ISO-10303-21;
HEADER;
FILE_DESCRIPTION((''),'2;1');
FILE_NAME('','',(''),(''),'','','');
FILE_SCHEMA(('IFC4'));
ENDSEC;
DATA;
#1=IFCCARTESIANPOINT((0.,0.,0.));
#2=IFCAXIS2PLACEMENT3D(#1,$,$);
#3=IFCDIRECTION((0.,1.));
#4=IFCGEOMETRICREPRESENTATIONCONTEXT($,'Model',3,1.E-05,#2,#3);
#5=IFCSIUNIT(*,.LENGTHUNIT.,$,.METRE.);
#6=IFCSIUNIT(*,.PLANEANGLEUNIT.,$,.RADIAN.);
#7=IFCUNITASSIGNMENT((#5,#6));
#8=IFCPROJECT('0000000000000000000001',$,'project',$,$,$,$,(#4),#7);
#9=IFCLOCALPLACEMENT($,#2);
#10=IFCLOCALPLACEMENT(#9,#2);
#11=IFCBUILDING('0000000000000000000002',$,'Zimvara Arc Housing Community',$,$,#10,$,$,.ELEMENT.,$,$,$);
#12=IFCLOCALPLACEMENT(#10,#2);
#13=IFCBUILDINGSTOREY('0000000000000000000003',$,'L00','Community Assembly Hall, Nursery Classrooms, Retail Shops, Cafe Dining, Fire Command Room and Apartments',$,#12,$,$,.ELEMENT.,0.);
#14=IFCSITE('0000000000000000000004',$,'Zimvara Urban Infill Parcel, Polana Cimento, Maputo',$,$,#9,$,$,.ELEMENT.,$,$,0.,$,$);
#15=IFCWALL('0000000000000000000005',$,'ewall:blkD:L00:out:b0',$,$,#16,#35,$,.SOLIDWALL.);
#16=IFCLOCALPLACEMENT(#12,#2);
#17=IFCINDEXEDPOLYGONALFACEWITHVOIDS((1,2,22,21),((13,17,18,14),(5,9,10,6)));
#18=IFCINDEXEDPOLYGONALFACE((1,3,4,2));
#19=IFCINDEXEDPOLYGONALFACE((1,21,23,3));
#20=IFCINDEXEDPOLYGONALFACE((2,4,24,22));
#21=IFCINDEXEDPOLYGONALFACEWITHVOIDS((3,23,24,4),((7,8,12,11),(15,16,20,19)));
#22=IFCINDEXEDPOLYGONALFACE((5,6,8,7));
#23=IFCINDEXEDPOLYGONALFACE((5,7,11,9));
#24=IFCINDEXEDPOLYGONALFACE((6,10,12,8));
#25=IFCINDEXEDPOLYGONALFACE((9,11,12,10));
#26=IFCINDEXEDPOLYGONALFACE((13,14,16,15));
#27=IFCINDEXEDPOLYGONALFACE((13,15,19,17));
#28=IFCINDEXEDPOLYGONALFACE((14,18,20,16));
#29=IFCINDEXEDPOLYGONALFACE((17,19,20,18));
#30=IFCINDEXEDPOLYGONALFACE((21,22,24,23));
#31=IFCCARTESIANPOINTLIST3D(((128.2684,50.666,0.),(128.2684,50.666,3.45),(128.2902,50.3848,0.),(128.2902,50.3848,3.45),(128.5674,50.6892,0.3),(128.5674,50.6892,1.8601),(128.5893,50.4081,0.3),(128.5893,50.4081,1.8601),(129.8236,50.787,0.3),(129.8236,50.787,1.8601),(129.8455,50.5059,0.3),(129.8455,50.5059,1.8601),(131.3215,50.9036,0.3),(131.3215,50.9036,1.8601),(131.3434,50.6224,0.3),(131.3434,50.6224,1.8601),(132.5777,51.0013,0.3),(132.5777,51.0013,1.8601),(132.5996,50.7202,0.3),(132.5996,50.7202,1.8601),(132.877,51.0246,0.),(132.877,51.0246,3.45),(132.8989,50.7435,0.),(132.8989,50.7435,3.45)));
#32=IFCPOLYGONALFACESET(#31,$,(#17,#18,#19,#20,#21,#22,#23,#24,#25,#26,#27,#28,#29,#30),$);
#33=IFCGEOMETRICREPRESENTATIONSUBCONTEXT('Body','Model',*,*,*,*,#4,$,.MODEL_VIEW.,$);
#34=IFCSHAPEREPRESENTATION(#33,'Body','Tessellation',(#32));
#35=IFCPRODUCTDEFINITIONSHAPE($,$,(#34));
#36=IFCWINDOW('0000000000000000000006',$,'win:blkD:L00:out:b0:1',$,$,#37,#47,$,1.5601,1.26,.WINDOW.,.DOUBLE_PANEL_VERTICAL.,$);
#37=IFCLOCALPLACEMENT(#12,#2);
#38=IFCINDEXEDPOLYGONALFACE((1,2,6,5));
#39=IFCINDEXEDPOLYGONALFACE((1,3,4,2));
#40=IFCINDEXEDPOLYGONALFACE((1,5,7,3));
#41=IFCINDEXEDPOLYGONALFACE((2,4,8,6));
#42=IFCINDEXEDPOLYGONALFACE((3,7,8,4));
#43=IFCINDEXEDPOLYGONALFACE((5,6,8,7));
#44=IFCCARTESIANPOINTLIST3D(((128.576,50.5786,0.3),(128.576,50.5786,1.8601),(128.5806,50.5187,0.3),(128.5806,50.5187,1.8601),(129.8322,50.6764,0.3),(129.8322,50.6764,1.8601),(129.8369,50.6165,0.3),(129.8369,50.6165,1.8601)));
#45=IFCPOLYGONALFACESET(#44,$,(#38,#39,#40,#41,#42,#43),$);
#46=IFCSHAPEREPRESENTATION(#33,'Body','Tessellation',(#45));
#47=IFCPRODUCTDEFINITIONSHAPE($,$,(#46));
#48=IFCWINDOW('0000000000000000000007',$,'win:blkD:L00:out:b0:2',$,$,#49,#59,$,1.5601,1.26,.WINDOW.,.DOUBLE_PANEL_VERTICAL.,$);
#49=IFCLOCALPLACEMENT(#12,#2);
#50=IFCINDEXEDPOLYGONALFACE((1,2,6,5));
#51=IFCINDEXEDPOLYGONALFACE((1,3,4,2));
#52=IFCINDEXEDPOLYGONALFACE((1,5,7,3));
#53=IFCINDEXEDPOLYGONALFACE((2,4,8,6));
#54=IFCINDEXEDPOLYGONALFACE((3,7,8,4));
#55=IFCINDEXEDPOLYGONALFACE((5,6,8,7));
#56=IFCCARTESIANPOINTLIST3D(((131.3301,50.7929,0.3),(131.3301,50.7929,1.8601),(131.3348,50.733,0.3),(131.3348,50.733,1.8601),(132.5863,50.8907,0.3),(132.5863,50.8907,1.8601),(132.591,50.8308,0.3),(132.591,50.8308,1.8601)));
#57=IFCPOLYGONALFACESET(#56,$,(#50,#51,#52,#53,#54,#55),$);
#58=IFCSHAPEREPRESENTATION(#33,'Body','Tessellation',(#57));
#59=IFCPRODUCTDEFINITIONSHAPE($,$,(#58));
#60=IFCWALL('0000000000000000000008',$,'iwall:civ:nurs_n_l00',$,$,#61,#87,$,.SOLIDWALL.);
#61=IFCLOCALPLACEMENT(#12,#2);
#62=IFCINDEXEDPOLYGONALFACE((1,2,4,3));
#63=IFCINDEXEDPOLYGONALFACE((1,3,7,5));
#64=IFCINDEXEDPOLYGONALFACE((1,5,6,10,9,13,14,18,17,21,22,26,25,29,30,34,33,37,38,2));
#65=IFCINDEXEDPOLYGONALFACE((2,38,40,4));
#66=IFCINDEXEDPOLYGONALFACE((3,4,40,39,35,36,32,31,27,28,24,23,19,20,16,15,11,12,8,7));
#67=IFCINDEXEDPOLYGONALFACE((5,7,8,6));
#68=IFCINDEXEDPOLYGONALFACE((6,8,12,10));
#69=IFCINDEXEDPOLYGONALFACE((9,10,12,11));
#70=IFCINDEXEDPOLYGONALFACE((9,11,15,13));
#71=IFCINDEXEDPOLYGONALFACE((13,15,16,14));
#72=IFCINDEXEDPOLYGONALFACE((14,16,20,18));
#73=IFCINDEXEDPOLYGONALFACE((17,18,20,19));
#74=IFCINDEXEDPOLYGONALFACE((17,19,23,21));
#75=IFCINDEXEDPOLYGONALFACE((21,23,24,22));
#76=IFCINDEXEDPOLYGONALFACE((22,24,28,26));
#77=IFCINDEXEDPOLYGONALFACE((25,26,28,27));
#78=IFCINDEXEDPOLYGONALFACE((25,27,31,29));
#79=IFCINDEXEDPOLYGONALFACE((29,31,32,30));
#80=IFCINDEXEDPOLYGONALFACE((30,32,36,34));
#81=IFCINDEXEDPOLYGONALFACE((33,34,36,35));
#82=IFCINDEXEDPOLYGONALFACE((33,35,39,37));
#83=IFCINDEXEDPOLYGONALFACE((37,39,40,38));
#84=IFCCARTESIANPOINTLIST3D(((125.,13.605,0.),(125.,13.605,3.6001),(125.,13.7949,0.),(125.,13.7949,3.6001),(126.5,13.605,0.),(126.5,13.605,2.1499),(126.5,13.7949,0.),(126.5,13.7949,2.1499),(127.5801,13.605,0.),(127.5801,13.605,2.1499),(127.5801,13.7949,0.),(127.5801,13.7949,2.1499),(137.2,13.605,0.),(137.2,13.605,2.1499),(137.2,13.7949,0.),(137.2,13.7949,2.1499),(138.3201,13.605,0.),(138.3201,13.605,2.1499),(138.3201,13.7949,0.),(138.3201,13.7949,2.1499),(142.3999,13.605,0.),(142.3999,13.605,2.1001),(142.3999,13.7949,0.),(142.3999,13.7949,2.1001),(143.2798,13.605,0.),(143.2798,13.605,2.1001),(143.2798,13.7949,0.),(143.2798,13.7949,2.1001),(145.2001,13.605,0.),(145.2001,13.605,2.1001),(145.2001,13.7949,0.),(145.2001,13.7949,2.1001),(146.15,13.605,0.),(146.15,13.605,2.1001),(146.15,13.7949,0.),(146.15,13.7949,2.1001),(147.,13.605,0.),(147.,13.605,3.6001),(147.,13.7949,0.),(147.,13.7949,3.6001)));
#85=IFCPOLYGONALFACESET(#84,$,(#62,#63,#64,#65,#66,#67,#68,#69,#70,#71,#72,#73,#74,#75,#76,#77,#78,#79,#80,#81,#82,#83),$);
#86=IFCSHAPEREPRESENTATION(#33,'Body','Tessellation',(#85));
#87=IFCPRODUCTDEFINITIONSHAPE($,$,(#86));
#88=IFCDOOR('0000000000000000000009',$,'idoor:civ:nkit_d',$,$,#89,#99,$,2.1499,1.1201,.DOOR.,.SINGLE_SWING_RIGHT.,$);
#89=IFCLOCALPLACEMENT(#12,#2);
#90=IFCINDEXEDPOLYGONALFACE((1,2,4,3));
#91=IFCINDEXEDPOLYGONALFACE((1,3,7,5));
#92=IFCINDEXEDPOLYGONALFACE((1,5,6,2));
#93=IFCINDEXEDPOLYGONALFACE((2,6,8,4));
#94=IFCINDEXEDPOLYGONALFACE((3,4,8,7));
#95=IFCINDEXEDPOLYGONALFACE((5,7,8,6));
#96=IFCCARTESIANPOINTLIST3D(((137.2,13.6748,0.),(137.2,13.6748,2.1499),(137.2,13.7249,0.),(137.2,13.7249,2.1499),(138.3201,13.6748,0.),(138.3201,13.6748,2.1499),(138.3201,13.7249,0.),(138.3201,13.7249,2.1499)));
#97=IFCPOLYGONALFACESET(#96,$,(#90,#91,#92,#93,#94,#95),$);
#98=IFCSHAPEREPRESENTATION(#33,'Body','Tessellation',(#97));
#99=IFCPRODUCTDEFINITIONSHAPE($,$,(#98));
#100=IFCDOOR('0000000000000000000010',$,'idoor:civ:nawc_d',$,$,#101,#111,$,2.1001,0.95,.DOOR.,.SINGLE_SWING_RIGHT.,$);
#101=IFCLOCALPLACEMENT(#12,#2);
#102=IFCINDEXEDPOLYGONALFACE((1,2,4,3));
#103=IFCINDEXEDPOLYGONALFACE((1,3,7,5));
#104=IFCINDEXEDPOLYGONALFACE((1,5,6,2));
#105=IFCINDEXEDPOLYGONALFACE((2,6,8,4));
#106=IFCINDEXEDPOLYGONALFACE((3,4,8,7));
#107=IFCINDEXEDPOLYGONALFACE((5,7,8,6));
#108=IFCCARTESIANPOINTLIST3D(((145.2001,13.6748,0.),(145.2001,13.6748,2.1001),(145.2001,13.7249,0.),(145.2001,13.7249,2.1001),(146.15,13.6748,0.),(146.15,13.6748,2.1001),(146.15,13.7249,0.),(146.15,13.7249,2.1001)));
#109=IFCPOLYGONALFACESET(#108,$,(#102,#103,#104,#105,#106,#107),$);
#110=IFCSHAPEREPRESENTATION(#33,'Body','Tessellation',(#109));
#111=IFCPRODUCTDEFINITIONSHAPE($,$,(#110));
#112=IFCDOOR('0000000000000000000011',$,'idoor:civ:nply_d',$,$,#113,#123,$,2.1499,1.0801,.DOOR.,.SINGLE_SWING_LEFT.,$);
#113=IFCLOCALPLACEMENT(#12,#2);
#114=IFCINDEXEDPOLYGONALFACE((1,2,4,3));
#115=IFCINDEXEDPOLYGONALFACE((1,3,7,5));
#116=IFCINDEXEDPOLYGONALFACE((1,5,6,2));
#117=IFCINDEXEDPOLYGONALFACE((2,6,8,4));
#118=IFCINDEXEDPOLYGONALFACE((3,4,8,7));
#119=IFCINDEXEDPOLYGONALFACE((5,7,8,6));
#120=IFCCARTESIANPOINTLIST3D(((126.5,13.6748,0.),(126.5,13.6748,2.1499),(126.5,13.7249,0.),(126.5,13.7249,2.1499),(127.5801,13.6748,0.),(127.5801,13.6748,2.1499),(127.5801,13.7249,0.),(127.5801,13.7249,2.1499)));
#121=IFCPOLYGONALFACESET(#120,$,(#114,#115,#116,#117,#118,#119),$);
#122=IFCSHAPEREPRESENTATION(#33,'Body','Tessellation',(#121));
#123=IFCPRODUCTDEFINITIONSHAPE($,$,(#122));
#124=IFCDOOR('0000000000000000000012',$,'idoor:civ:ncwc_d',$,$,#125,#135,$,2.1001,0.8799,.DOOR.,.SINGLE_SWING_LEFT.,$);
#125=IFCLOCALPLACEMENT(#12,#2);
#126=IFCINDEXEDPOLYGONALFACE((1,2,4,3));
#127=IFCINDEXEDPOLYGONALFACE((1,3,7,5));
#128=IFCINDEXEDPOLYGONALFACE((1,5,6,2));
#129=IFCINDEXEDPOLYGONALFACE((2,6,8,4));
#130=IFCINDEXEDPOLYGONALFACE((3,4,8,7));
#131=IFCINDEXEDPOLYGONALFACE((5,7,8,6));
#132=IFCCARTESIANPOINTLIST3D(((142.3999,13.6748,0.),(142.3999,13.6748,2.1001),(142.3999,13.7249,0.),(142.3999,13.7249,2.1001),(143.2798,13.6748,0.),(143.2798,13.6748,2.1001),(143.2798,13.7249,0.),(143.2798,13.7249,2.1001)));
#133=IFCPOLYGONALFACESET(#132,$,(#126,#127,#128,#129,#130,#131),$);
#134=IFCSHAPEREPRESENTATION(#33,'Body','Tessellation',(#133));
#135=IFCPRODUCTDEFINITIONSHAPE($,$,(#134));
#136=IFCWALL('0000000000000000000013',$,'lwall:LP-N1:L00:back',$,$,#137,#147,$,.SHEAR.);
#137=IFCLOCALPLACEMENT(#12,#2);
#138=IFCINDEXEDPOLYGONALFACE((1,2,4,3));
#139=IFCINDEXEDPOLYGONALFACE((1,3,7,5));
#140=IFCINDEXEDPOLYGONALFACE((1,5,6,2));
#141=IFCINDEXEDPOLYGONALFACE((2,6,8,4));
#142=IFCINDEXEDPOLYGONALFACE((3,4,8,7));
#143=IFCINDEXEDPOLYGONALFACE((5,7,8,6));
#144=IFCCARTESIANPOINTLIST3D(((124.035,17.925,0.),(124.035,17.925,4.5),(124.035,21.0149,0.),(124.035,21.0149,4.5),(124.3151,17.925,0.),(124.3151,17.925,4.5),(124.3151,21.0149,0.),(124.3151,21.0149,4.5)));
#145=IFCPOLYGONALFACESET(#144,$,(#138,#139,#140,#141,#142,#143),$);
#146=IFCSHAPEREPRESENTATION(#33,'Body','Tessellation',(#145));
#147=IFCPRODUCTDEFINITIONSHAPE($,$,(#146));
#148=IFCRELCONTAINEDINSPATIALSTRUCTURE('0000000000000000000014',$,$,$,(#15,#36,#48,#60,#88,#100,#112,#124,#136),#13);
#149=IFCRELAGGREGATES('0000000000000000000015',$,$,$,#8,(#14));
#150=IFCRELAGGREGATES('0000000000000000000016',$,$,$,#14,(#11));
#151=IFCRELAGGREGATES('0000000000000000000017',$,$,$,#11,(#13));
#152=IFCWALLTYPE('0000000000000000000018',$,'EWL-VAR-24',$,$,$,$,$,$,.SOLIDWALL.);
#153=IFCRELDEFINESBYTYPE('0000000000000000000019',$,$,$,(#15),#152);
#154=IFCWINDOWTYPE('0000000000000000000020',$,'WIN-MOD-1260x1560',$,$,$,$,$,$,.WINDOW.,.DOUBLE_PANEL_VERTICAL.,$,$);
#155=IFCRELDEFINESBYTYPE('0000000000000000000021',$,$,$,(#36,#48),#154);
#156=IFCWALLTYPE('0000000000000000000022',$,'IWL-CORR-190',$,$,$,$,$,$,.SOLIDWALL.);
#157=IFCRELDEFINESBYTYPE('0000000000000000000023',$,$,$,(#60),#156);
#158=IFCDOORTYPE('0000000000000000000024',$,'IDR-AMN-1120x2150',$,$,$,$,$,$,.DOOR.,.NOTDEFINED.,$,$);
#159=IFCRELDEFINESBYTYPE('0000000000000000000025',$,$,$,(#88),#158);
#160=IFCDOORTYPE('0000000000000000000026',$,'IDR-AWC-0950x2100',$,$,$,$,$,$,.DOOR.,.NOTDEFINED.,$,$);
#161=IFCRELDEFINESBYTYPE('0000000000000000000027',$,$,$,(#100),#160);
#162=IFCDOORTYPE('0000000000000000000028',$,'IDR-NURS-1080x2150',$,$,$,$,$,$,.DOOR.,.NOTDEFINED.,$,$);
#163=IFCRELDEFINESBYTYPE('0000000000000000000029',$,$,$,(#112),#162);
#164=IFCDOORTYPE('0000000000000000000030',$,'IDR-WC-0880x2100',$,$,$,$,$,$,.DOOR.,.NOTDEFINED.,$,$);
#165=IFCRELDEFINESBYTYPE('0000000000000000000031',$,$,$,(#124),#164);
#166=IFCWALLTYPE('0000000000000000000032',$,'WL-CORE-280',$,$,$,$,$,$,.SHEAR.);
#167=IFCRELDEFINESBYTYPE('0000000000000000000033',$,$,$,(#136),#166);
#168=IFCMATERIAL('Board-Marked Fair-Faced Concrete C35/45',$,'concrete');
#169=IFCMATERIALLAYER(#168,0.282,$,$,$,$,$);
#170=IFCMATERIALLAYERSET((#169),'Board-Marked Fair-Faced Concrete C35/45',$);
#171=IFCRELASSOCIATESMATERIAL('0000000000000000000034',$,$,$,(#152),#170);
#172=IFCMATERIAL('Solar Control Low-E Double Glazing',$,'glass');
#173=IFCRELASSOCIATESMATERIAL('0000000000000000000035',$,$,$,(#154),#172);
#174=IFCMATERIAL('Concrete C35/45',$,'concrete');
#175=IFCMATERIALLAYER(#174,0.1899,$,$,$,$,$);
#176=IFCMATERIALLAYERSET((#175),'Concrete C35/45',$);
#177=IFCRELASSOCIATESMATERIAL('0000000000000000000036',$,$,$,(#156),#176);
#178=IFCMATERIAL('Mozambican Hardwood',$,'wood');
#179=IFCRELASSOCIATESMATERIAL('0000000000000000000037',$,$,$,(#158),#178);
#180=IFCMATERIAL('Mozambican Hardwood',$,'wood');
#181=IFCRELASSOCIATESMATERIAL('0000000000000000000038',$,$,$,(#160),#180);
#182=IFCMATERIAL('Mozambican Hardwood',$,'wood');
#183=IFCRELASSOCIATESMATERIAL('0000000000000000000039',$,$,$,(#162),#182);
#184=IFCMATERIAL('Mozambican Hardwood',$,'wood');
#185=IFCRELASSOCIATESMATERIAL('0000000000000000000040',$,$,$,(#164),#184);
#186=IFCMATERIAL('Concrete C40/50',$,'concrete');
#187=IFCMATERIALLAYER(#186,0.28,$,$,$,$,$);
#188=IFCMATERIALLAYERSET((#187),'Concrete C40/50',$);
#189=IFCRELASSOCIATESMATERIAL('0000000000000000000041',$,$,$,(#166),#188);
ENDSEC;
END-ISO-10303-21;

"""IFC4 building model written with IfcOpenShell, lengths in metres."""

from ifc_helpers import new_model, si_unit, direction, frame, frame_2d, origin, place, context, subcontext, project, spatial, rectangle, extrude, material, layer, layer_set, type_object, element, fill, save


model = new_model("IFC4")

# Units and contexts
model_context = context("Model", 3, precision=1e-05, world=origin(), true_north=direction((0.0, 1.0)))
body_context = subcontext(model_context, "Body", "Model", "MODEL_VIEW")
ifc_project = project(units=[si_unit("LENGTHUNIT", "METRE"), si_unit("PLANEANGLEUNIT", "RADIAN")], contexts=[model_context])

# Site, building, storey
site_placement = place(None, origin())
site = spatial("IfcSite", under=ifc_project, at=site_placement, Name="Zimvara Urban Infill Parcel, Polana Cimento, Maputo", CompositionType="ELEMENT", RefElevation=0.0)
building_placement = place(site_placement, origin())
building = spatial("IfcBuilding", under=site, at=building_placement, Name="Zimvara Arc Housing Community", CompositionType="ELEMENT")
storey_placement = place(building_placement, origin())
storey = spatial("IfcBuildingStorey", under=building, at=storey_placement, Name="L00", Description="Community Assembly Hall, Nursery Classrooms, Retail Shops, Cafe Dining, Fire Command Room and Apartments", CompositionType="ELEMENT", Elevation=0.0)

# Wall, openings, windows
ifc_material_1 = material(Name="Board-Marked Fair-Faced Concrete C35/45", Category="concrete")
ifc_layer_1 = layer(ifc_material_1, 0.282)
ifc_layer_set_1 = layer_set([ifc_layer_1], Name="Board-Marked Fair-Faced Concrete C35/45")
wall_type_1 = type_object("IfcWallType", Name="EWL-VAR-24", PredefinedType="SOLIDWALL", material=ifc_layer_set_1)
wall_1_placement = place(storey_placement, frame((128.2793, 50.5254, 0.0), z_axis=(0.0, 0.0, 1.0), x_axis=(0.996986, 0.077585, 0.0)))
wall_1 = element("IfcWall", 1, at=wall_1_placement, inside=storey, type_object=wall_type_1, Name="ewall:blkD:L00:out:b0", PredefinedType="SOLIDWALL", context=body_context, shape_type="SweptSolid", body=[
    extrude(rectangle(XDim=4.6226, YDim=0.282, at=frame_2d((2.3113, 0.0))), origin(), (0.0, 0.0, 1.0), 3.45),
])
opening_1_placement = place(wall_1_placement, frame((0.3, 0.0, 0.3)))
opening_1 = element("IfcOpeningElement", 2, at=opening_1_placement, cuts=wall_1, PredefinedType="OPENING", context=body_context, shape_type="SweptSolid", body=[
    extrude(rectangle(XDim=1.26, YDim=1.5601, at=frame_2d((0.6299, 0.78))), frame((0.0, 0.1509, 0.0), z_axis=(0.0, -1.0, 0.0), x_axis=(1.0, 0.0, 0.0)), (0.0, 0.0, 1.0), 0.302),
])
opening_2_placement = place(wall_1_placement, frame((3.0625, 0.0, 0.3)))
opening_2 = element("IfcOpeningElement", 3, at=opening_2_placement, cuts=wall_1, PredefinedType="OPENING", context=body_context, shape_type="SweptSolid", body=[
    extrude(rectangle(XDim=1.26, YDim=1.5601, at=frame_2d((0.6299, 0.78))), frame((0.0, 0.1509, 0.0), z_axis=(0.0, -1.0, 0.0), x_axis=(1.0, 0.0, 0.0)), (0.0, 0.0, 1.0), 0.302),
])
ifc_material_2 = material(Name="Solar Control Low-E Double Glazing", Category="glass")
window_type = type_object("IfcWindowType", Name="WIN-MOD-1260x1560", PartitioningType="DOUBLE_PANEL_VERTICAL", PredefinedType="WINDOW", material=ifc_material_2)
window_1_placement = place(opening_1_placement, origin())
window_1 = element("IfcWindow", 4, at=window_1_placement, inside=storey, type_object=window_type, Name="win:blkD:L00:out:b0:1", OverallHeight=1.5601, OverallWidth=1.26, PartitioningType="DOUBLE_PANEL_VERTICAL", PredefinedType="WINDOW", context=body_context, shape_type="SweptSolid", body=[
    extrude(rectangle(XDim=1.26, YDim=1.5601, at=frame_2d((0.6299, 0.78))), frame((0.0, 0.03, 0.0), z_axis=(0.0, -1.0, 0.0), x_axis=(1.0, 0.0, 0.0)), (0.0, 0.0, 1.0), 0.0601),
])
fill(opening_1, window_1)
window_2_placement = place(opening_2_placement, origin())
window_2 = element("IfcWindow", 5, at=window_2_placement, inside=storey, type_object=window_type, Name="win:blkD:L00:out:b0:2", OverallHeight=1.5601, OverallWidth=1.26, PartitioningType="DOUBLE_PANEL_VERTICAL", PredefinedType="WINDOW", context=body_context, shape_type="SweptSolid", body=[
    extrude(rectangle(XDim=1.26, YDim=1.5601, at=frame_2d((0.6299, 0.78))), frame((0.0, 0.03, 0.0), z_axis=(0.0, -1.0, 0.0), x_axis=(1.0, 0.0, 0.0)), (0.0, 0.0, 1.0), 0.0601),
])
fill(opening_2, window_2)

# Wall, openings, doors
ifc_material_3 = material(Name="Concrete C35/45", Category="concrete")
ifc_layer_2 = layer(ifc_material_3, 0.1899)
ifc_layer_set_2 = layer_set([ifc_layer_2], Name="Concrete C35/45")
wall_type_2 = type_object("IfcWallType", Name="IWL-CORR-190", PredefinedType="SOLIDWALL", material=ifc_layer_set_2)
wall_2_placement = place(storey_placement, frame((125.0, 13.7, 0.0), z_axis=(0.0, 0.0, 1.0), x_axis=(1.0, 0.0, 0.0)))
wall_2 = element("IfcWall", 6, at=wall_2_placement, inside=storey, type_object=wall_type_2, Name="iwall:civ:nurs_n_l00", PredefinedType="SOLIDWALL", context=body_context, shape_type="SweptSolid", body=[
    extrude(rectangle(XDim=22.0, YDim=0.1899, at=frame_2d((11.0, 0.0))), origin(), (0.0, 0.0, 1.0), 3.6001),
])
opening_3_placement = place(wall_2_placement, frame((1.5, 0.0, 0.0)))
opening_3 = element("IfcOpeningElement", 7, at=opening_3_placement, cuts=wall_2, PredefinedType="OPENING", context=body_context, shape_type="SweptSolid", body=[
    extrude(rectangle(XDim=1.0801, YDim=2.1499, at=frame_2d((0.54, 1.075))), frame((0.0, 0.105, 0.0), z_axis=(0.0, -1.0, 0.0), x_axis=(1.0, 0.0, 0.0)), (0.0, 0.0, 1.0), 0.21),
])
opening_4_placement = place(wall_2_placement, frame((12.2, 0.0, 0.0)))
opening_4 = element("IfcOpeningElement", 8, at=opening_4_placement, cuts=wall_2, PredefinedType="OPENING", context=body_context, shape_type="SweptSolid", body=[
    extrude(rectangle(XDim=1.1201, YDim=2.1499, at=frame_2d((0.5601, 1.075))), frame((0.0, 0.105, 0.0), z_axis=(0.0, -1.0, 0.0), x_axis=(1.0, 0.0, 0.0)), (0.0, 0.0, 1.0), 0.21),
])
opening_5_placement = place(wall_2_placement, frame((17.3999, 0.0, 0.0)))
opening_5 = element("IfcOpeningElement", 9, at=opening_5_placement, cuts=wall_2, PredefinedType="OPENING", context=body_context, shape_type="SweptSolid", body=[
    extrude(rectangle(XDim=0.8799, YDim=2.1001, at=frame_2d((0.4399, 1.05))), frame((0.0, 0.105, 0.0), z_axis=(0.0, -1.0, 0.0), x_axis=(1.0, 0.0, 0.0)), (0.0, 0.0, 1.0), 0.21),
])
opening_6_placement = place(wall_2_placement, frame((20.2, 0.0, 0.0)))
opening_6 = element("IfcOpeningElement", 10, at=opening_6_placement, cuts=wall_2, PredefinedType="OPENING", context=body_context, shape_type="SweptSolid", body=[
    extrude(rectangle(XDim=0.95, YDim=2.1001, at=frame_2d((0.4751, 1.05))), frame((0.0, 0.105, 0.0), z_axis=(0.0, -1.0, 0.0), x_axis=(1.0, 0.0, 0.0)), (0.0, 0.0, 1.0), 0.21),
])
ifc_material_4 = material(Name="Mozambican Hardwood", Category="wood")
door_type_1 = type_object("IfcDoorType", Name="IDR-AMN-1120x2150", OperationType="NOTDEFINED", PredefinedType="DOOR", material=ifc_material_4)
door_1_placement = place(opening_4_placement, origin())
door_1 = element("IfcDoor", 11, at=door_1_placement, inside=storey, type_object=door_type_1, Name="idoor:civ:nkit_d", OperationType="SINGLE_SWING_RIGHT", OverallHeight=2.1499, OverallWidth=1.1201, PredefinedType="DOOR", context=body_context, shape_type="SweptSolid", body=[
    extrude(rectangle(XDim=1.1201, YDim=2.1499, at=frame_2d((0.5601, 1.075))), frame((0.0, 0.0249, 0.0), z_axis=(0.0, -1.0, 0.0), x_axis=(1.0, 0.0, 0.0)), (0.0, 0.0, 1.0), 0.05),
])
fill(opening_4, door_1)
ifc_material_5 = material(Name="Mozambican Hardwood", Category="wood")
door_type_2 = type_object("IfcDoorType", Name="IDR-AWC-0950x2100", OperationType="NOTDEFINED", PredefinedType="DOOR", material=ifc_material_5)
door_2_placement = place(opening_6_placement, origin())
door_2 = element("IfcDoor", 12, at=door_2_placement, inside=storey, type_object=door_type_2, Name="idoor:civ:nawc_d", OperationType="SINGLE_SWING_RIGHT", OverallHeight=2.1001, OverallWidth=0.95, PredefinedType="DOOR", context=body_context, shape_type="SweptSolid", body=[
    extrude(rectangle(XDim=0.95, YDim=2.1001, at=frame_2d((0.4751, 1.05))), frame((0.0, 0.0249, 0.0), z_axis=(0.0, -1.0, 0.0), x_axis=(1.0, 0.0, 0.0)), (0.0, 0.0, 1.0), 0.05),
])
fill(opening_6, door_2)
ifc_material_6 = material(Name="Mozambican Hardwood", Category="wood")
door_type_3 = type_object("IfcDoorType", Name="IDR-NURS-1080x2150", OperationType="NOTDEFINED", PredefinedType="DOOR", material=ifc_material_6)
door_3_placement = place(opening_3_placement, origin())
door_3 = element("IfcDoor", 13, at=door_3_placement, inside=storey, type_object=door_type_3, Name="idoor:civ:nply_d", OperationType="SINGLE_SWING_LEFT", OverallHeight=2.1499, OverallWidth=1.0801, PredefinedType="DOOR", context=body_context, shape_type="SweptSolid", body=[
    extrude(rectangle(XDim=1.0801, YDim=2.1499, at=frame_2d((0.54, 1.075))), frame((0.0, 0.0249, 0.0), z_axis=(0.0, -1.0, 0.0), x_axis=(1.0, 0.0, 0.0)), (0.0, 0.0, 1.0), 0.05),
])
fill(opening_3, door_3)
ifc_material_7 = material(Name="Mozambican Hardwood", Category="wood")
door_type_4 = type_object("IfcDoorType", Name="IDR-WC-0880x2100", OperationType="NOTDEFINED", PredefinedType="DOOR", material=ifc_material_7)
door_4_placement = place(opening_5_placement, origin())
door_4 = element("IfcDoor", 14, at=door_4_placement, inside=storey, type_object=door_type_4, Name="idoor:civ:ncwc_d", OperationType="SINGLE_SWING_LEFT", OverallHeight=2.1001, OverallWidth=0.8799, PredefinedType="DOOR", context=body_context, shape_type="SweptSolid", body=[
    extrude(rectangle(XDim=0.8799, YDim=2.1001, at=frame_2d((0.4399, 1.05))), frame((0.0, 0.0249, 0.0), z_axis=(0.0, -1.0, 0.0), x_axis=(1.0, 0.0, 0.0)), (0.0, 0.0, 1.0), 0.05),
])
fill(opening_5, door_4)

# Shared definitions
ifc_material_8 = material(Name="Concrete C40/50", Category="concrete")
ifc_layer_3 = layer(ifc_material_8, 0.28)
ifc_layer_set_3 = layer_set([ifc_layer_3], Name="Concrete C40/50")
wall_type_3 = type_object("IfcWallType", Name="WL-CORE-280", PredefinedType="SHEAR", material=ifc_layer_set_3)

# Wall
wall_3_placement = place(storey_placement, frame((124.175, 17.925, 0.0), z_axis=(0.0, 0.0, 1.0), x_axis=(0.0, 1.0, 0.0)))
element("IfcWall", 15, at=wall_3_placement, inside=storey, type_object=wall_type_3, Name="lwall:LP-N1:L00:back", PredefinedType="SHEAR", context=body_context, shape_type="SweptSolid", body=[
    extrude(rectangle(XDim=3.0898, YDim=0.28, at=frame_2d((1.5449, 0.0))), origin(), (0.0, 0.0, 1.0), 4.5),
])

save(model, "model.ifc")
